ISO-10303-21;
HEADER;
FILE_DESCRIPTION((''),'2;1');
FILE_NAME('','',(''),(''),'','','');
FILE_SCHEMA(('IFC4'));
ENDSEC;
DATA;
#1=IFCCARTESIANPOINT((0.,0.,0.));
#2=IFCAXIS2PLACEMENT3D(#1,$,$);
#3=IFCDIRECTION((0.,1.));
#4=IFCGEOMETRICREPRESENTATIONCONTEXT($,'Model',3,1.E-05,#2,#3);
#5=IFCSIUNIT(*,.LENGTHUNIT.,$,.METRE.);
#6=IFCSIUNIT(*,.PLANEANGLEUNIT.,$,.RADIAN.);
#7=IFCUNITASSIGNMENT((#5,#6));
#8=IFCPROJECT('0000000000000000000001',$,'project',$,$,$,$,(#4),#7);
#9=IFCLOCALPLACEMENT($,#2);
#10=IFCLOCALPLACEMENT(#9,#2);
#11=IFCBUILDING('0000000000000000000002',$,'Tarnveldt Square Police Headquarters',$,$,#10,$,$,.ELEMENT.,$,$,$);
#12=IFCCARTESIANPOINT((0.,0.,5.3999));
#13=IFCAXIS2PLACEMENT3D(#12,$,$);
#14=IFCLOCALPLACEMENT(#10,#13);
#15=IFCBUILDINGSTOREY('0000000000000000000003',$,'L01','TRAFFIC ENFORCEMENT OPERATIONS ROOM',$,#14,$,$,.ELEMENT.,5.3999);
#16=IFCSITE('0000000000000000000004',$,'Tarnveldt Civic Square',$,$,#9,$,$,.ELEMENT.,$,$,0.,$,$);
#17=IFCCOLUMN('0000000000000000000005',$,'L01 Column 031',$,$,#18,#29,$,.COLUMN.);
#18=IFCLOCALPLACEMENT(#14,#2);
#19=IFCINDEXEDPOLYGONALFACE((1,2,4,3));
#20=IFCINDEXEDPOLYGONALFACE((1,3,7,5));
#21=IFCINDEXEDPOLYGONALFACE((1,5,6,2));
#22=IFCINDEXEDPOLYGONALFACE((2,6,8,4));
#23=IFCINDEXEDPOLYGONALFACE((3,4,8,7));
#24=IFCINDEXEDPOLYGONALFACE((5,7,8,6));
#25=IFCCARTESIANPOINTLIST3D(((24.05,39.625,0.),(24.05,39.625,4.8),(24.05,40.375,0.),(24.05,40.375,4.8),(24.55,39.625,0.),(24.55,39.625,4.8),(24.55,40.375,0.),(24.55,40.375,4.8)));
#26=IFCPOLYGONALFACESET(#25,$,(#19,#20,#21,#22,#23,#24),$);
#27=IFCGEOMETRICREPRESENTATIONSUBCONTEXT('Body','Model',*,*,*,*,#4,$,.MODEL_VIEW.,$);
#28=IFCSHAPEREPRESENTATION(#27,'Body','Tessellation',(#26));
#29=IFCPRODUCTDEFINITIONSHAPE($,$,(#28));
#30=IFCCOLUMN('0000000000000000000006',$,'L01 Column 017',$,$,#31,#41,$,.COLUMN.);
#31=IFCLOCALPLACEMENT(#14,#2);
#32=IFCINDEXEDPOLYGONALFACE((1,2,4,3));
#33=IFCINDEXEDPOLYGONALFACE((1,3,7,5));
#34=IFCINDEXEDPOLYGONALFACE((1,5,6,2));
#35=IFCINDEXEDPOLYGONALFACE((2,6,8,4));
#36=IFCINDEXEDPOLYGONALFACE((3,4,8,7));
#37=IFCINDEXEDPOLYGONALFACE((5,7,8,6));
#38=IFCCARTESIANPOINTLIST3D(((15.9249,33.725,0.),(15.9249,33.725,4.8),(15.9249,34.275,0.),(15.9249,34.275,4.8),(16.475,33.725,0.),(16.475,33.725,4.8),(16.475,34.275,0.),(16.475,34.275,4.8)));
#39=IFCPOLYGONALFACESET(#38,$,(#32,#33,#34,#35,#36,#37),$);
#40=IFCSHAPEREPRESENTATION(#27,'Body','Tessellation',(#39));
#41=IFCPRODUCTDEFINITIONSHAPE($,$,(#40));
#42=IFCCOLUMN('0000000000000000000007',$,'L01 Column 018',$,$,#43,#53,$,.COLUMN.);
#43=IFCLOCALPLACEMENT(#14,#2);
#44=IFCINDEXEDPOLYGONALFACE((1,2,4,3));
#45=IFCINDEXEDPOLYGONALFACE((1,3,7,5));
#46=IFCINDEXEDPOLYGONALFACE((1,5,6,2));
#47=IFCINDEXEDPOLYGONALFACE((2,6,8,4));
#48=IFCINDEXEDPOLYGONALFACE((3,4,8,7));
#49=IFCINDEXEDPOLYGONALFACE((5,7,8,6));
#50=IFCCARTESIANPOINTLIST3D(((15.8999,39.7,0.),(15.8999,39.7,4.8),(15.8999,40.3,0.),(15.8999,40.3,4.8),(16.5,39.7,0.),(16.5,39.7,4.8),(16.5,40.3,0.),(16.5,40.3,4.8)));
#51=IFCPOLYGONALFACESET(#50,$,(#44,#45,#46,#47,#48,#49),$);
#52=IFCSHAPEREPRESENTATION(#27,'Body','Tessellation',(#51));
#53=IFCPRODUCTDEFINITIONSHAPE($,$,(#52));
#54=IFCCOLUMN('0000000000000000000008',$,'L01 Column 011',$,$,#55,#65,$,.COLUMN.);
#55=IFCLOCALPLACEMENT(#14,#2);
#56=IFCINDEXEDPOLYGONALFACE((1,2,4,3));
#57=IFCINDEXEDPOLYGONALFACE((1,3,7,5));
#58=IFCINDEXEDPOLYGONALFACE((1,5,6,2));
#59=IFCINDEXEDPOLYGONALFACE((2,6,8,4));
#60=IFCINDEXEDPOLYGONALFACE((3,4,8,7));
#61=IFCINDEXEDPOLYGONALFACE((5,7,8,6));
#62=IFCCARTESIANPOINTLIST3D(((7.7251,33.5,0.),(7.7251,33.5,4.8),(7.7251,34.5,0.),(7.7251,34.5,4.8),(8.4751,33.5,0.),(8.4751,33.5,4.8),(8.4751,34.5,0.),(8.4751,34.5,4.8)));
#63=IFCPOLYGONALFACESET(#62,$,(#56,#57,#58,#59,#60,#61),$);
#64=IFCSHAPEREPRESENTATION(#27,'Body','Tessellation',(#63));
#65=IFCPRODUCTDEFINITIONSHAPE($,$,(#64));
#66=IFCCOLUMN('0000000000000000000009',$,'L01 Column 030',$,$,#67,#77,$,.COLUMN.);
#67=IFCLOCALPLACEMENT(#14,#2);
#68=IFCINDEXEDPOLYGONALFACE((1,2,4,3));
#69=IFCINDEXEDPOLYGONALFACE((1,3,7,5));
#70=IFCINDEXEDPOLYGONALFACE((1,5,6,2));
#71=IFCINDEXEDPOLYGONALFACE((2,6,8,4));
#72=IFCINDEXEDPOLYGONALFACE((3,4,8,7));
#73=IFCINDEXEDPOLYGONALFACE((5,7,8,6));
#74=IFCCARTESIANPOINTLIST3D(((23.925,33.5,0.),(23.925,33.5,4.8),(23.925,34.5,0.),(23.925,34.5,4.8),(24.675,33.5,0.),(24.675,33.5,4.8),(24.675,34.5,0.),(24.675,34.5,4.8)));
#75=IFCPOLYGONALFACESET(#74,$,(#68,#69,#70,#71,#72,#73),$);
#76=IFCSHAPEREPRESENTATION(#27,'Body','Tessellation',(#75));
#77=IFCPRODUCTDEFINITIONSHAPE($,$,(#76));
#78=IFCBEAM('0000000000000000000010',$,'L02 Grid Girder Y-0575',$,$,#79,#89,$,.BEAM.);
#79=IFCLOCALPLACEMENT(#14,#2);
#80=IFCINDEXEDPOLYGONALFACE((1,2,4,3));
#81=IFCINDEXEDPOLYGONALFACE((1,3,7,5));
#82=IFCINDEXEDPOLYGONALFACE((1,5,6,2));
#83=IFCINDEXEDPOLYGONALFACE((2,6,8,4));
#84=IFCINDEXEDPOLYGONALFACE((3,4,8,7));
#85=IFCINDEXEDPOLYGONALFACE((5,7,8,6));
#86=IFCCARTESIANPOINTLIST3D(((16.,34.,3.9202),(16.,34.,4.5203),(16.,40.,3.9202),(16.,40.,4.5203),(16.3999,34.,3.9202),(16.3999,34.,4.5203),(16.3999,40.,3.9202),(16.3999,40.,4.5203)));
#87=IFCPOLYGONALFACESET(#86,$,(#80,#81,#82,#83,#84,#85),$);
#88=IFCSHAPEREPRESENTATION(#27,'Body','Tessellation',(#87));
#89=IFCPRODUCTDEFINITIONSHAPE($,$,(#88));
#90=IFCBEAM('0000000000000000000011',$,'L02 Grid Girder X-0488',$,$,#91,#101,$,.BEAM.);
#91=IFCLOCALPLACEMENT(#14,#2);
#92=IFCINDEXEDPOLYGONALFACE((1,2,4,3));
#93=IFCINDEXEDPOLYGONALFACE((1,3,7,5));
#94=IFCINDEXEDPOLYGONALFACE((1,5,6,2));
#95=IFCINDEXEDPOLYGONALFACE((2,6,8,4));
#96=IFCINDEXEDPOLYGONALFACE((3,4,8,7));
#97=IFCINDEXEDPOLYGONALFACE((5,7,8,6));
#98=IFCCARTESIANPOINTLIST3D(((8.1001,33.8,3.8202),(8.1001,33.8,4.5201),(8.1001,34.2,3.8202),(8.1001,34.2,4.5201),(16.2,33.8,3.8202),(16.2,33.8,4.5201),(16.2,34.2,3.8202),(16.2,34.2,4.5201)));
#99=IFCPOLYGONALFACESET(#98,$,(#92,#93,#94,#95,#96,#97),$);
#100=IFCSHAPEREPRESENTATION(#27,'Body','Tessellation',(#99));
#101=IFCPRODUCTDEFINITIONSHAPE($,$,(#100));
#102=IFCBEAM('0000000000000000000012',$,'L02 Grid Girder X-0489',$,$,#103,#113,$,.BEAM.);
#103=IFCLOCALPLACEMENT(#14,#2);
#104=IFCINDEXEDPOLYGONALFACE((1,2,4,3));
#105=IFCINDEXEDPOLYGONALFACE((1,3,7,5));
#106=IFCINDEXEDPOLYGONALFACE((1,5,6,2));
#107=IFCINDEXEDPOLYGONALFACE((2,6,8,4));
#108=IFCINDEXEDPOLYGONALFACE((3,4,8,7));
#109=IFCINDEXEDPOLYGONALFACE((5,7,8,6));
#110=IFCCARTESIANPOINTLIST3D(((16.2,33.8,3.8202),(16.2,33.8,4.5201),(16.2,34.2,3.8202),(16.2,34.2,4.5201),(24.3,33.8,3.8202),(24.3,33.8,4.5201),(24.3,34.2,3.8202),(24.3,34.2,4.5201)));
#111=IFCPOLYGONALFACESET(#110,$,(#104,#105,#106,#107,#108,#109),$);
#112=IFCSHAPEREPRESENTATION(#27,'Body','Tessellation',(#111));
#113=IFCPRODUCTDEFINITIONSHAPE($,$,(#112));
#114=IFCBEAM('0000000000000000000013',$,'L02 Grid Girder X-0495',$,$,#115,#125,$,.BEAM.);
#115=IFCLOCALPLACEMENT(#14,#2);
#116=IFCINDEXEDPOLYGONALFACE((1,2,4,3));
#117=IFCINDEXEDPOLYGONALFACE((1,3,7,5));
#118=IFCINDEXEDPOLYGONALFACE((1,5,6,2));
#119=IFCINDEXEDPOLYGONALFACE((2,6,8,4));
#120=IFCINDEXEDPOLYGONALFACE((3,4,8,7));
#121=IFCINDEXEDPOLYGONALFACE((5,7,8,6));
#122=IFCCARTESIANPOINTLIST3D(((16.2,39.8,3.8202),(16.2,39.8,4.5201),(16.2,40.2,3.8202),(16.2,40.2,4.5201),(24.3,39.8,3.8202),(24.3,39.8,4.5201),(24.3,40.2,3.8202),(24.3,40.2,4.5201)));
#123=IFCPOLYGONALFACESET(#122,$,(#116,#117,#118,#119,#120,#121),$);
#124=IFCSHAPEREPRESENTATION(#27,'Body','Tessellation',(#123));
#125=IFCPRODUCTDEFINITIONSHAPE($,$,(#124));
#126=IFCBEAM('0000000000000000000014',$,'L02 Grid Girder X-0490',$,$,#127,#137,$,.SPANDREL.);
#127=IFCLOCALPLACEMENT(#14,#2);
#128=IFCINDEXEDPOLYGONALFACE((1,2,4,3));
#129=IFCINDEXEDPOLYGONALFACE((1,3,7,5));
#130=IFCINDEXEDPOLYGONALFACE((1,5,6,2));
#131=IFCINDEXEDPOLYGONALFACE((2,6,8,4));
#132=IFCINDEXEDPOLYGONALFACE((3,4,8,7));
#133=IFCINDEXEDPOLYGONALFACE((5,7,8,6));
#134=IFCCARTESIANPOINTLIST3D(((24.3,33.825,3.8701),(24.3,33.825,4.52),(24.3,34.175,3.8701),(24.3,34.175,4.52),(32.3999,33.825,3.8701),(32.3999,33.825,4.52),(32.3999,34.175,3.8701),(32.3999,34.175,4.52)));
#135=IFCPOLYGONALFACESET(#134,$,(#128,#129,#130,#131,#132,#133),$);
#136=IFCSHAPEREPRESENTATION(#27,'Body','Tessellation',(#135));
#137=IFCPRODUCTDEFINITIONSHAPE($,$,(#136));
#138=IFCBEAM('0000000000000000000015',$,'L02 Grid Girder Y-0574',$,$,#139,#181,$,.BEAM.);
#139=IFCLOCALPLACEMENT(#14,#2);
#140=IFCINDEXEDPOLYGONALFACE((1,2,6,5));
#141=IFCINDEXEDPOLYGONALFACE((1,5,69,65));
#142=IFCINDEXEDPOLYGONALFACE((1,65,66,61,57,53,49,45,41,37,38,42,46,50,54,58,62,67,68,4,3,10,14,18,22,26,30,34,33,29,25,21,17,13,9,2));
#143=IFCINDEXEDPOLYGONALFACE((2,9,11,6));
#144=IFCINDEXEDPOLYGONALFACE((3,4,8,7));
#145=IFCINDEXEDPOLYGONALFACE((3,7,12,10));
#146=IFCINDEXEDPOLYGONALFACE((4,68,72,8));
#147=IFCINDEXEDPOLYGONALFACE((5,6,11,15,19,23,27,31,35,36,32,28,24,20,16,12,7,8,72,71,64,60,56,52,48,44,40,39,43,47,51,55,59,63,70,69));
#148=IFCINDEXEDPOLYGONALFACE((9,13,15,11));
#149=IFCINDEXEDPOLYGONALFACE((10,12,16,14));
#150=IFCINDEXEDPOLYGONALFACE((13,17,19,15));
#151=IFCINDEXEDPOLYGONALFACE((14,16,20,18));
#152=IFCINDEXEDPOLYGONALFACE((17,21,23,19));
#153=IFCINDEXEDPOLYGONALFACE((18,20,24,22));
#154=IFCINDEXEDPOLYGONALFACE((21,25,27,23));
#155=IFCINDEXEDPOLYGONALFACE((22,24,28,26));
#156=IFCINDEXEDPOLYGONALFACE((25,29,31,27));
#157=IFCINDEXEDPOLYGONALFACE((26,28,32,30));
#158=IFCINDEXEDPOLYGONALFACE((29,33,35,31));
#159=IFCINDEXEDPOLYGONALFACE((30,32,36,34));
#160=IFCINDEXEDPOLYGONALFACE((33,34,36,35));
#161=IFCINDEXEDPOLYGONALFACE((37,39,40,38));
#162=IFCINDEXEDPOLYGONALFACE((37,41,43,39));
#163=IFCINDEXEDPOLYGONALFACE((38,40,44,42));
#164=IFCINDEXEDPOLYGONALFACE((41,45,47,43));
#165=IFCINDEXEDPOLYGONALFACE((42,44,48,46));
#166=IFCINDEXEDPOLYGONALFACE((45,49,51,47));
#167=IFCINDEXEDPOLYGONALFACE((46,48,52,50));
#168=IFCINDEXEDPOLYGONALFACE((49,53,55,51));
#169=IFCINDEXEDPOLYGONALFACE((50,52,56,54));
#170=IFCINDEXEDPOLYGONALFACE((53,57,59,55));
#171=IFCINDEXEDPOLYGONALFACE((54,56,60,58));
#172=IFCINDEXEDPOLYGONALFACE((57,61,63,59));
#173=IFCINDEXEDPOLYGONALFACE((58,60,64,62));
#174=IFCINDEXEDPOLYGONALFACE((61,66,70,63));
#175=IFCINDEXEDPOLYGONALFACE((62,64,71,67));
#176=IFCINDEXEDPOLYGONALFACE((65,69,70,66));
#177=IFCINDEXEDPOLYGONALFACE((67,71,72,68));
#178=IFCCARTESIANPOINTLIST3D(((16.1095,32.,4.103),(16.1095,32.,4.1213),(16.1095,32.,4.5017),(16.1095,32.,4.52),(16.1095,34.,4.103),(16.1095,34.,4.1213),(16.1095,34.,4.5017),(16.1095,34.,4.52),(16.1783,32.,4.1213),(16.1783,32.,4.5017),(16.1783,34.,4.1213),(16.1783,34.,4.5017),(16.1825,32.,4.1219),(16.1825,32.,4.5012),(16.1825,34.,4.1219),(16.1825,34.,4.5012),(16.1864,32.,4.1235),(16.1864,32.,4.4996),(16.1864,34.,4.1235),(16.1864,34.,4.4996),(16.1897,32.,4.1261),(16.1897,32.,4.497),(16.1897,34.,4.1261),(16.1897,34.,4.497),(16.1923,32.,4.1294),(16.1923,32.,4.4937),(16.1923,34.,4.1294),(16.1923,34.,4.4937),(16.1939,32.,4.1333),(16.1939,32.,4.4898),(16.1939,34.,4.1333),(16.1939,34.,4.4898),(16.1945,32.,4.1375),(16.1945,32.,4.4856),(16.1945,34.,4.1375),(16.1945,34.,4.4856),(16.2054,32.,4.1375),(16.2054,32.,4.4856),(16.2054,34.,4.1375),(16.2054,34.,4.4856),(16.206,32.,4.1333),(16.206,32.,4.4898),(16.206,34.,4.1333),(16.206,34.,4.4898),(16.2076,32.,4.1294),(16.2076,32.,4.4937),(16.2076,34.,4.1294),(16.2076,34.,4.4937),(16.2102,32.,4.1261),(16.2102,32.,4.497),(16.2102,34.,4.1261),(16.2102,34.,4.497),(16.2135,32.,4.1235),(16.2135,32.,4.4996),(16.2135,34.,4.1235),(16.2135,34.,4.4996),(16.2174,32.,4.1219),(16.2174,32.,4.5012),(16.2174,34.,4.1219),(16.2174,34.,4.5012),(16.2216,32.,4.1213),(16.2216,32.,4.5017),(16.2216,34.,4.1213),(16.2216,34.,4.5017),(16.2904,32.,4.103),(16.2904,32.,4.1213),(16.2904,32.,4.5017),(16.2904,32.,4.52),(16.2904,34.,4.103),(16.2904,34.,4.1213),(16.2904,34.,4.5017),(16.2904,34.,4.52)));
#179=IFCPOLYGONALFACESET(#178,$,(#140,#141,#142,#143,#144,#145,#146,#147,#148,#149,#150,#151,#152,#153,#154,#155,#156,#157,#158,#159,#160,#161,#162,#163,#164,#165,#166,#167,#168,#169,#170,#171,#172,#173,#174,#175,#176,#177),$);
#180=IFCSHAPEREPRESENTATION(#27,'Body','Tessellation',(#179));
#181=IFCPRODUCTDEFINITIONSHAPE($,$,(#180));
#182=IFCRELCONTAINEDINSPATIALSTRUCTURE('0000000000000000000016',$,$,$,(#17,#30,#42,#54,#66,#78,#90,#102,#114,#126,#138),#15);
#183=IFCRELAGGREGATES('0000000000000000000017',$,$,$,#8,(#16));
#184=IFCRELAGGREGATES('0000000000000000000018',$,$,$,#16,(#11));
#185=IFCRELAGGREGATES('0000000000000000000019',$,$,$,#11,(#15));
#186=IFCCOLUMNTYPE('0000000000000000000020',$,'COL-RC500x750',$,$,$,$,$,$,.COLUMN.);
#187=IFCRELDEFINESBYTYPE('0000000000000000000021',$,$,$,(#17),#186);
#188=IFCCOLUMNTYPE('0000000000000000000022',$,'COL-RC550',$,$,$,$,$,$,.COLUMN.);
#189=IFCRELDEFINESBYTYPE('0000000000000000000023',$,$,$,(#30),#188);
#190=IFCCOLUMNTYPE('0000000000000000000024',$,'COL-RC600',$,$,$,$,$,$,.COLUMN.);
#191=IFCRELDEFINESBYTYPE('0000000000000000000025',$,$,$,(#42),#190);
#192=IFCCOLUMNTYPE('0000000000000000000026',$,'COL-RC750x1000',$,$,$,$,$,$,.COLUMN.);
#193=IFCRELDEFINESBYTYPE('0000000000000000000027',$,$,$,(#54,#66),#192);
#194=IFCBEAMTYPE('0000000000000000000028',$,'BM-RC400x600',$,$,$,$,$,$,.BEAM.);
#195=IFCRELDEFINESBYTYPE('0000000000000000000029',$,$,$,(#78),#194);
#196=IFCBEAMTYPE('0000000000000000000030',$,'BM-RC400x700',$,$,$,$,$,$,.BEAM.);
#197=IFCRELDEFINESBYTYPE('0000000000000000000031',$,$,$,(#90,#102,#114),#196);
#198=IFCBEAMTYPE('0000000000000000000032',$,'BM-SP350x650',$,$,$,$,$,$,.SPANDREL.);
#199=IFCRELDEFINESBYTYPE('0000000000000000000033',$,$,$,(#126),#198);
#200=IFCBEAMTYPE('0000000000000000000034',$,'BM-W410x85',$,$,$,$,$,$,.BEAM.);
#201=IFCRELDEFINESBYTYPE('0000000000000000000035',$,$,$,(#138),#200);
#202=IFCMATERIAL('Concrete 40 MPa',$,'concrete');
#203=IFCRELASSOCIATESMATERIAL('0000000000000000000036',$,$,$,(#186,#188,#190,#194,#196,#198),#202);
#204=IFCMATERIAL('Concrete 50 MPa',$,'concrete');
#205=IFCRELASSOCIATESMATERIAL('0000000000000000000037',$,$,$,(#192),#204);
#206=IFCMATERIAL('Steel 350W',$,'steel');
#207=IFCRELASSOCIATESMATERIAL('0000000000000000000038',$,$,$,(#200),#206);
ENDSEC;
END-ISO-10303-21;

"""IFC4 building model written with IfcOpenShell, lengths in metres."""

from ifc_helpers import new_model, si_unit, direction, frame, origin, origin_2d, place, context, subcontext, project, spatial, rectangle, i_section, extrude, material, material_profile, profile_set, type_object, element, save


model = new_model("IFC4")

# Units and contexts
model_context = context("Model", 3, precision=1e-05, world=origin(), true_north=direction((0.0, 1.0)))
body_context = subcontext(model_context, "Body", "Model", "MODEL_VIEW")
ifc_project = project(units=[si_unit("LENGTHUNIT", "METRE"), si_unit("PLANEANGLEUNIT", "RADIAN")], contexts=[model_context])

# Site, building, storey
site_placement = place(None, origin())
site = spatial("IfcSite", under=ifc_project, at=site_placement, Name="Tarnveldt Civic Square", CompositionType="ELEMENT", RefElevation=0.0)
building_placement = place(site_placement, origin())
building = spatial("IfcBuilding", under=site, at=building_placement, Name="Tarnveldt Square Police Headquarters", CompositionType="ELEMENT")
storey_placement = place(building_placement, frame((0.0, 0.0, 5.3999)))
storey = spatial("IfcBuildingStorey", under=building, at=storey_placement, Name="L01", Description="TRAFFIC ENFORCEMENT OPERATIONS ROOM", CompositionType="ELEMENT", Elevation=5.3999)

# Columns
ifc_material_1 = material(Name="Concrete 40 MPa", Category="concrete")
ifc_material_profile_1 = material_profile(ifc_material_1, rectangle(XDim=0.5, YDim=0.75, at=origin_2d()), Name="RC-C500x750")
ifc_profile_set_1 = profile_set([ifc_material_profile_1], Name="Concrete 40 MPa")
column_type_1 = type_object("IfcColumnType", Name="COL-RC500x750", PredefinedType="COLUMN", material=ifc_profile_set_1)
column_1_placement = place(storey_placement, frame((24.3, 40.0, 0.0), z_axis=(0.0, 0.0, 1.0), x_axis=(1.0, 0.0, 0.0)))
element("IfcColumn", 1, at=column_1_placement, inside=storey, type_object=column_type_1, Name="L01 Column 031", PredefinedType="COLUMN", context=body_context, shape_type="SweptSolid", body=[
    extrude(rectangle(XDim=0.5, YDim=0.75, at=origin_2d()), origin(), (0.0, 0.0, 1.0), 4.8),
])
ifc_material_profile_2 = material_profile(ifc_material_1, rectangle(XDim=0.55, YDim=0.55, at=origin_2d()), Name="RC-C550x550")
ifc_profile_set_2 = profile_set([ifc_material_profile_2], Name="Concrete 40 MPa")
column_type_2 = type_object("IfcColumnType", Name="COL-RC550", PredefinedType="COLUMN", material=ifc_profile_set_2)
column_2_placement = place(storey_placement, frame((16.2, 34.0, 0.0), z_axis=(0.0, 0.0, 1.0), x_axis=(1.0, 0.0, 0.0)))
element("IfcColumn", 2, at=column_2_placement, inside=storey, type_object=column_type_2, Name="L01 Column 017", PredefinedType="COLUMN", context=body_context, shape_type="SweptSolid", body=[
    extrude(rectangle(XDim=0.55, YDim=0.55, at=origin_2d()), origin(), (0.0, 0.0, 1.0), 4.8),
])
ifc_material_profile_3 = material_profile(ifc_material_1, rectangle(XDim=0.6001, YDim=0.6001, at=origin_2d()), Name="RC-C600x600")
ifc_profile_set_3 = profile_set([ifc_material_profile_3], Name="Concrete 40 MPa")
column_type_3 = type_object("IfcColumnType", Name="COL-RC600", PredefinedType="COLUMN", material=ifc_profile_set_3)
column_3_placement = place(storey_placement, frame((16.2, 40.0, 0.0), z_axis=(0.0, 0.0, 1.0), x_axis=(1.0, 0.0, 0.0)))
element("IfcColumn", 3, at=column_3_placement, inside=storey, type_object=column_type_3, Name="L01 Column 018", PredefinedType="COLUMN", context=body_context, shape_type="SweptSolid", body=[
    extrude(rectangle(XDim=0.6001, YDim=0.6001, at=origin_2d()), origin(), (0.0, 0.0, 1.0), 4.8),
])
ifc_material_2 = material(Name="Concrete 50 MPa", Category="concrete")
ifc_material_profile_4 = material_profile(ifc_material_2, rectangle(XDim=0.75, YDim=1.0, at=origin_2d()), Name="RC-C750x1000")
ifc_profile_set_4 = profile_set([ifc_material_profile_4], Name="Concrete 50 MPa")
column_type_4 = type_object("IfcColumnType", Name="COL-RC750x1000", PredefinedType="COLUMN", material=ifc_profile_set_4)
for number, where, z_axis, x_axis, name in (
    (4, (8.1001, 34.0, 0.0), (0.0, 0.0, 1.0), (1.0, 0.0, 0.0), "L01 Column 011"),
    (5, (24.3, 34.0, 0.0), (0.0, 0.0, 1.0), (1.0, 0.0, 0.0), "L01 Column 030"),
):
    element("IfcColumn", number, at=place(storey_placement, frame(where, z_axis=z_axis, x_axis=x_axis)), inside=storey, type_object=column_type_4, Name=name, PredefinedType="COLUMN", context=body_context, shape_type="SweptSolid", body=[
        extrude(rectangle(XDim=0.75, YDim=1.0, at=origin_2d()), origin(), (0.0, 0.0, 1.0), 4.8),
    ])

# Beams
ifc_material_profile_5 = material_profile(ifc_material_1, rectangle(XDim=0.3999, YDim=0.6001, at=origin_2d()), Name="RC-B400x600")
ifc_profile_set_5 = profile_set([ifc_material_profile_5], Name="Concrete 40 MPa")
beam_type_1 = type_object("IfcBeamType", Name="BM-RC400x600", PredefinedType="BEAM", material=ifc_profile_set_5)
beam_1_placement = place(storey_placement, frame((16.2, 34.0, 4.2202), z_axis=(0.0, 1.0, 0.0), x_axis=(-1.0, 0.0, 0.0)))
element("IfcBeam", 6, at=beam_1_placement, inside=storey, type_object=beam_type_1, Name="L02 Grid Girder Y-0575", PredefinedType="BEAM", context=body_context, shape_type="SweptSolid", body=[
    extrude(rectangle(XDim=0.3999, YDim=0.6001, at=origin_2d()), origin(), (0.0, 0.0, 1.0), 6.0),
])
ifc_material_profile_6 = material_profile(ifc_material_1, rectangle(XDim=0.3999, YDim=0.7, at=origin_2d()), Name="RC-B400x700")
ifc_profile_set_6 = profile_set([ifc_material_profile_6], Name="Concrete 40 MPa")
beam_type_2 = type_object("IfcBeamType", Name="BM-RC400x700", PredefinedType="BEAM", material=ifc_profile_set_6)
beam_2_placement = place(storey_placement, frame((8.1001, 34.0, 4.1702), z_axis=(1.0, 0.0, 0.0), x_axis=(0.0, 1.0, 0.0)))
element("IfcBeam", 7, at=beam_2_placement, inside=storey, type_object=beam_type_2, Name="L02 Grid Girder X-0488", PredefinedType="BEAM", context=body_context, shape_type="SweptSolid", body=[
    extrude(rectangle(XDim=0.3999, YDim=0.7, at=origin_2d()), origin(), (0.0, 0.0, 1.0), 8.0999),
])
for number, where, z_axis, x_axis, name in (
    (8, (16.2, 34.0, 4.1702), (1.0, 0.0, 0.0), (0.0, 1.0, 0.0), "L02 Grid Girder X-0489"),
    (9, (16.2, 40.0, 4.1702), (1.0, 0.0, 0.0), (0.0, 1.0, 0.0), "L02 Grid Girder X-0495"),
):
    element("IfcBeam", number, at=place(storey_placement, frame(where, z_axis=z_axis, x_axis=x_axis)), inside=storey, type_object=beam_type_2, Name=name, PredefinedType="BEAM", context=body_context, shape_type="SweptSolid", body=[
        extrude(rectangle(XDim=0.3999, YDim=0.7, at=origin_2d()), origin(), (0.0, 0.0, 1.0), 8.1001),
    ])
ifc_material_profile_7 = material_profile(ifc_material_1, rectangle(XDim=0.3501, YDim=0.6499, at=origin_2d()), Name="RC-SP350x650")
ifc_profile_set_7 = profile_set([ifc_material_profile_7], Name="Concrete 40 MPa")
beam_type_3 = type_object("IfcBeamType", Name="BM-SP350x650", PredefinedType="SPANDREL", material=ifc_profile_set_7)
beam_3_placement = place(storey_placement, frame((24.3, 34.0, 4.1951), z_axis=(1.0, 0.0, 0.0), x_axis=(0.0, 1.0, 0.0)))
element("IfcBeam", 10, at=beam_3_placement, inside=storey, type_object=beam_type_3, Name="L02 Grid Girder X-0490", PredefinedType="SPANDREL", context=body_context, shape_type="SweptSolid", body=[
    extrude(rectangle(XDim=0.3501, YDim=0.6499, at=origin_2d()), origin(), (0.0, 0.0, 1.0), 8.0999),
])
ifc_material_3 = material(Name="Steel 350W", Category="steel")
ifc_material_profile_8 = material_profile(ifc_material_3, i_section(OverallWidth=0.1809, OverallDepth=0.417, WebThickness=0.011, FlangeThickness=0.0183, FilletRadius=0.0161, at=origin_2d()), Name="W410x85")
ifc_profile_set_8 = profile_set([ifc_material_profile_8], Name="Steel 350W")
beam_type_4 = type_object("IfcBeamType", Name="BM-W410x85", PredefinedType="BEAM", material=ifc_profile_set_8)
beam_4_placement = place(storey_placement, frame((16.2, 32.0, 4.3115), z_axis=(0.0, 1.0, 0.0), x_axis=(-1.0, 0.0, 0.0)))
element("IfcBeam", 11, at=beam_4_placement, inside=storey, type_object=beam_type_4, Name="L02 Grid Girder Y-0574", PredefinedType="BEAM", context=body_context, shape_type="SweptSolid", body=[
    extrude(i_section(OverallWidth=0.1809, OverallDepth=0.417, WebThickness=0.011, FlangeThickness=0.0183, FilletRadius=0.0161, at=origin_2d()), origin(), (0.0, 0.0, 1.0), 2.0),
])

save(model, "model.ifc")
